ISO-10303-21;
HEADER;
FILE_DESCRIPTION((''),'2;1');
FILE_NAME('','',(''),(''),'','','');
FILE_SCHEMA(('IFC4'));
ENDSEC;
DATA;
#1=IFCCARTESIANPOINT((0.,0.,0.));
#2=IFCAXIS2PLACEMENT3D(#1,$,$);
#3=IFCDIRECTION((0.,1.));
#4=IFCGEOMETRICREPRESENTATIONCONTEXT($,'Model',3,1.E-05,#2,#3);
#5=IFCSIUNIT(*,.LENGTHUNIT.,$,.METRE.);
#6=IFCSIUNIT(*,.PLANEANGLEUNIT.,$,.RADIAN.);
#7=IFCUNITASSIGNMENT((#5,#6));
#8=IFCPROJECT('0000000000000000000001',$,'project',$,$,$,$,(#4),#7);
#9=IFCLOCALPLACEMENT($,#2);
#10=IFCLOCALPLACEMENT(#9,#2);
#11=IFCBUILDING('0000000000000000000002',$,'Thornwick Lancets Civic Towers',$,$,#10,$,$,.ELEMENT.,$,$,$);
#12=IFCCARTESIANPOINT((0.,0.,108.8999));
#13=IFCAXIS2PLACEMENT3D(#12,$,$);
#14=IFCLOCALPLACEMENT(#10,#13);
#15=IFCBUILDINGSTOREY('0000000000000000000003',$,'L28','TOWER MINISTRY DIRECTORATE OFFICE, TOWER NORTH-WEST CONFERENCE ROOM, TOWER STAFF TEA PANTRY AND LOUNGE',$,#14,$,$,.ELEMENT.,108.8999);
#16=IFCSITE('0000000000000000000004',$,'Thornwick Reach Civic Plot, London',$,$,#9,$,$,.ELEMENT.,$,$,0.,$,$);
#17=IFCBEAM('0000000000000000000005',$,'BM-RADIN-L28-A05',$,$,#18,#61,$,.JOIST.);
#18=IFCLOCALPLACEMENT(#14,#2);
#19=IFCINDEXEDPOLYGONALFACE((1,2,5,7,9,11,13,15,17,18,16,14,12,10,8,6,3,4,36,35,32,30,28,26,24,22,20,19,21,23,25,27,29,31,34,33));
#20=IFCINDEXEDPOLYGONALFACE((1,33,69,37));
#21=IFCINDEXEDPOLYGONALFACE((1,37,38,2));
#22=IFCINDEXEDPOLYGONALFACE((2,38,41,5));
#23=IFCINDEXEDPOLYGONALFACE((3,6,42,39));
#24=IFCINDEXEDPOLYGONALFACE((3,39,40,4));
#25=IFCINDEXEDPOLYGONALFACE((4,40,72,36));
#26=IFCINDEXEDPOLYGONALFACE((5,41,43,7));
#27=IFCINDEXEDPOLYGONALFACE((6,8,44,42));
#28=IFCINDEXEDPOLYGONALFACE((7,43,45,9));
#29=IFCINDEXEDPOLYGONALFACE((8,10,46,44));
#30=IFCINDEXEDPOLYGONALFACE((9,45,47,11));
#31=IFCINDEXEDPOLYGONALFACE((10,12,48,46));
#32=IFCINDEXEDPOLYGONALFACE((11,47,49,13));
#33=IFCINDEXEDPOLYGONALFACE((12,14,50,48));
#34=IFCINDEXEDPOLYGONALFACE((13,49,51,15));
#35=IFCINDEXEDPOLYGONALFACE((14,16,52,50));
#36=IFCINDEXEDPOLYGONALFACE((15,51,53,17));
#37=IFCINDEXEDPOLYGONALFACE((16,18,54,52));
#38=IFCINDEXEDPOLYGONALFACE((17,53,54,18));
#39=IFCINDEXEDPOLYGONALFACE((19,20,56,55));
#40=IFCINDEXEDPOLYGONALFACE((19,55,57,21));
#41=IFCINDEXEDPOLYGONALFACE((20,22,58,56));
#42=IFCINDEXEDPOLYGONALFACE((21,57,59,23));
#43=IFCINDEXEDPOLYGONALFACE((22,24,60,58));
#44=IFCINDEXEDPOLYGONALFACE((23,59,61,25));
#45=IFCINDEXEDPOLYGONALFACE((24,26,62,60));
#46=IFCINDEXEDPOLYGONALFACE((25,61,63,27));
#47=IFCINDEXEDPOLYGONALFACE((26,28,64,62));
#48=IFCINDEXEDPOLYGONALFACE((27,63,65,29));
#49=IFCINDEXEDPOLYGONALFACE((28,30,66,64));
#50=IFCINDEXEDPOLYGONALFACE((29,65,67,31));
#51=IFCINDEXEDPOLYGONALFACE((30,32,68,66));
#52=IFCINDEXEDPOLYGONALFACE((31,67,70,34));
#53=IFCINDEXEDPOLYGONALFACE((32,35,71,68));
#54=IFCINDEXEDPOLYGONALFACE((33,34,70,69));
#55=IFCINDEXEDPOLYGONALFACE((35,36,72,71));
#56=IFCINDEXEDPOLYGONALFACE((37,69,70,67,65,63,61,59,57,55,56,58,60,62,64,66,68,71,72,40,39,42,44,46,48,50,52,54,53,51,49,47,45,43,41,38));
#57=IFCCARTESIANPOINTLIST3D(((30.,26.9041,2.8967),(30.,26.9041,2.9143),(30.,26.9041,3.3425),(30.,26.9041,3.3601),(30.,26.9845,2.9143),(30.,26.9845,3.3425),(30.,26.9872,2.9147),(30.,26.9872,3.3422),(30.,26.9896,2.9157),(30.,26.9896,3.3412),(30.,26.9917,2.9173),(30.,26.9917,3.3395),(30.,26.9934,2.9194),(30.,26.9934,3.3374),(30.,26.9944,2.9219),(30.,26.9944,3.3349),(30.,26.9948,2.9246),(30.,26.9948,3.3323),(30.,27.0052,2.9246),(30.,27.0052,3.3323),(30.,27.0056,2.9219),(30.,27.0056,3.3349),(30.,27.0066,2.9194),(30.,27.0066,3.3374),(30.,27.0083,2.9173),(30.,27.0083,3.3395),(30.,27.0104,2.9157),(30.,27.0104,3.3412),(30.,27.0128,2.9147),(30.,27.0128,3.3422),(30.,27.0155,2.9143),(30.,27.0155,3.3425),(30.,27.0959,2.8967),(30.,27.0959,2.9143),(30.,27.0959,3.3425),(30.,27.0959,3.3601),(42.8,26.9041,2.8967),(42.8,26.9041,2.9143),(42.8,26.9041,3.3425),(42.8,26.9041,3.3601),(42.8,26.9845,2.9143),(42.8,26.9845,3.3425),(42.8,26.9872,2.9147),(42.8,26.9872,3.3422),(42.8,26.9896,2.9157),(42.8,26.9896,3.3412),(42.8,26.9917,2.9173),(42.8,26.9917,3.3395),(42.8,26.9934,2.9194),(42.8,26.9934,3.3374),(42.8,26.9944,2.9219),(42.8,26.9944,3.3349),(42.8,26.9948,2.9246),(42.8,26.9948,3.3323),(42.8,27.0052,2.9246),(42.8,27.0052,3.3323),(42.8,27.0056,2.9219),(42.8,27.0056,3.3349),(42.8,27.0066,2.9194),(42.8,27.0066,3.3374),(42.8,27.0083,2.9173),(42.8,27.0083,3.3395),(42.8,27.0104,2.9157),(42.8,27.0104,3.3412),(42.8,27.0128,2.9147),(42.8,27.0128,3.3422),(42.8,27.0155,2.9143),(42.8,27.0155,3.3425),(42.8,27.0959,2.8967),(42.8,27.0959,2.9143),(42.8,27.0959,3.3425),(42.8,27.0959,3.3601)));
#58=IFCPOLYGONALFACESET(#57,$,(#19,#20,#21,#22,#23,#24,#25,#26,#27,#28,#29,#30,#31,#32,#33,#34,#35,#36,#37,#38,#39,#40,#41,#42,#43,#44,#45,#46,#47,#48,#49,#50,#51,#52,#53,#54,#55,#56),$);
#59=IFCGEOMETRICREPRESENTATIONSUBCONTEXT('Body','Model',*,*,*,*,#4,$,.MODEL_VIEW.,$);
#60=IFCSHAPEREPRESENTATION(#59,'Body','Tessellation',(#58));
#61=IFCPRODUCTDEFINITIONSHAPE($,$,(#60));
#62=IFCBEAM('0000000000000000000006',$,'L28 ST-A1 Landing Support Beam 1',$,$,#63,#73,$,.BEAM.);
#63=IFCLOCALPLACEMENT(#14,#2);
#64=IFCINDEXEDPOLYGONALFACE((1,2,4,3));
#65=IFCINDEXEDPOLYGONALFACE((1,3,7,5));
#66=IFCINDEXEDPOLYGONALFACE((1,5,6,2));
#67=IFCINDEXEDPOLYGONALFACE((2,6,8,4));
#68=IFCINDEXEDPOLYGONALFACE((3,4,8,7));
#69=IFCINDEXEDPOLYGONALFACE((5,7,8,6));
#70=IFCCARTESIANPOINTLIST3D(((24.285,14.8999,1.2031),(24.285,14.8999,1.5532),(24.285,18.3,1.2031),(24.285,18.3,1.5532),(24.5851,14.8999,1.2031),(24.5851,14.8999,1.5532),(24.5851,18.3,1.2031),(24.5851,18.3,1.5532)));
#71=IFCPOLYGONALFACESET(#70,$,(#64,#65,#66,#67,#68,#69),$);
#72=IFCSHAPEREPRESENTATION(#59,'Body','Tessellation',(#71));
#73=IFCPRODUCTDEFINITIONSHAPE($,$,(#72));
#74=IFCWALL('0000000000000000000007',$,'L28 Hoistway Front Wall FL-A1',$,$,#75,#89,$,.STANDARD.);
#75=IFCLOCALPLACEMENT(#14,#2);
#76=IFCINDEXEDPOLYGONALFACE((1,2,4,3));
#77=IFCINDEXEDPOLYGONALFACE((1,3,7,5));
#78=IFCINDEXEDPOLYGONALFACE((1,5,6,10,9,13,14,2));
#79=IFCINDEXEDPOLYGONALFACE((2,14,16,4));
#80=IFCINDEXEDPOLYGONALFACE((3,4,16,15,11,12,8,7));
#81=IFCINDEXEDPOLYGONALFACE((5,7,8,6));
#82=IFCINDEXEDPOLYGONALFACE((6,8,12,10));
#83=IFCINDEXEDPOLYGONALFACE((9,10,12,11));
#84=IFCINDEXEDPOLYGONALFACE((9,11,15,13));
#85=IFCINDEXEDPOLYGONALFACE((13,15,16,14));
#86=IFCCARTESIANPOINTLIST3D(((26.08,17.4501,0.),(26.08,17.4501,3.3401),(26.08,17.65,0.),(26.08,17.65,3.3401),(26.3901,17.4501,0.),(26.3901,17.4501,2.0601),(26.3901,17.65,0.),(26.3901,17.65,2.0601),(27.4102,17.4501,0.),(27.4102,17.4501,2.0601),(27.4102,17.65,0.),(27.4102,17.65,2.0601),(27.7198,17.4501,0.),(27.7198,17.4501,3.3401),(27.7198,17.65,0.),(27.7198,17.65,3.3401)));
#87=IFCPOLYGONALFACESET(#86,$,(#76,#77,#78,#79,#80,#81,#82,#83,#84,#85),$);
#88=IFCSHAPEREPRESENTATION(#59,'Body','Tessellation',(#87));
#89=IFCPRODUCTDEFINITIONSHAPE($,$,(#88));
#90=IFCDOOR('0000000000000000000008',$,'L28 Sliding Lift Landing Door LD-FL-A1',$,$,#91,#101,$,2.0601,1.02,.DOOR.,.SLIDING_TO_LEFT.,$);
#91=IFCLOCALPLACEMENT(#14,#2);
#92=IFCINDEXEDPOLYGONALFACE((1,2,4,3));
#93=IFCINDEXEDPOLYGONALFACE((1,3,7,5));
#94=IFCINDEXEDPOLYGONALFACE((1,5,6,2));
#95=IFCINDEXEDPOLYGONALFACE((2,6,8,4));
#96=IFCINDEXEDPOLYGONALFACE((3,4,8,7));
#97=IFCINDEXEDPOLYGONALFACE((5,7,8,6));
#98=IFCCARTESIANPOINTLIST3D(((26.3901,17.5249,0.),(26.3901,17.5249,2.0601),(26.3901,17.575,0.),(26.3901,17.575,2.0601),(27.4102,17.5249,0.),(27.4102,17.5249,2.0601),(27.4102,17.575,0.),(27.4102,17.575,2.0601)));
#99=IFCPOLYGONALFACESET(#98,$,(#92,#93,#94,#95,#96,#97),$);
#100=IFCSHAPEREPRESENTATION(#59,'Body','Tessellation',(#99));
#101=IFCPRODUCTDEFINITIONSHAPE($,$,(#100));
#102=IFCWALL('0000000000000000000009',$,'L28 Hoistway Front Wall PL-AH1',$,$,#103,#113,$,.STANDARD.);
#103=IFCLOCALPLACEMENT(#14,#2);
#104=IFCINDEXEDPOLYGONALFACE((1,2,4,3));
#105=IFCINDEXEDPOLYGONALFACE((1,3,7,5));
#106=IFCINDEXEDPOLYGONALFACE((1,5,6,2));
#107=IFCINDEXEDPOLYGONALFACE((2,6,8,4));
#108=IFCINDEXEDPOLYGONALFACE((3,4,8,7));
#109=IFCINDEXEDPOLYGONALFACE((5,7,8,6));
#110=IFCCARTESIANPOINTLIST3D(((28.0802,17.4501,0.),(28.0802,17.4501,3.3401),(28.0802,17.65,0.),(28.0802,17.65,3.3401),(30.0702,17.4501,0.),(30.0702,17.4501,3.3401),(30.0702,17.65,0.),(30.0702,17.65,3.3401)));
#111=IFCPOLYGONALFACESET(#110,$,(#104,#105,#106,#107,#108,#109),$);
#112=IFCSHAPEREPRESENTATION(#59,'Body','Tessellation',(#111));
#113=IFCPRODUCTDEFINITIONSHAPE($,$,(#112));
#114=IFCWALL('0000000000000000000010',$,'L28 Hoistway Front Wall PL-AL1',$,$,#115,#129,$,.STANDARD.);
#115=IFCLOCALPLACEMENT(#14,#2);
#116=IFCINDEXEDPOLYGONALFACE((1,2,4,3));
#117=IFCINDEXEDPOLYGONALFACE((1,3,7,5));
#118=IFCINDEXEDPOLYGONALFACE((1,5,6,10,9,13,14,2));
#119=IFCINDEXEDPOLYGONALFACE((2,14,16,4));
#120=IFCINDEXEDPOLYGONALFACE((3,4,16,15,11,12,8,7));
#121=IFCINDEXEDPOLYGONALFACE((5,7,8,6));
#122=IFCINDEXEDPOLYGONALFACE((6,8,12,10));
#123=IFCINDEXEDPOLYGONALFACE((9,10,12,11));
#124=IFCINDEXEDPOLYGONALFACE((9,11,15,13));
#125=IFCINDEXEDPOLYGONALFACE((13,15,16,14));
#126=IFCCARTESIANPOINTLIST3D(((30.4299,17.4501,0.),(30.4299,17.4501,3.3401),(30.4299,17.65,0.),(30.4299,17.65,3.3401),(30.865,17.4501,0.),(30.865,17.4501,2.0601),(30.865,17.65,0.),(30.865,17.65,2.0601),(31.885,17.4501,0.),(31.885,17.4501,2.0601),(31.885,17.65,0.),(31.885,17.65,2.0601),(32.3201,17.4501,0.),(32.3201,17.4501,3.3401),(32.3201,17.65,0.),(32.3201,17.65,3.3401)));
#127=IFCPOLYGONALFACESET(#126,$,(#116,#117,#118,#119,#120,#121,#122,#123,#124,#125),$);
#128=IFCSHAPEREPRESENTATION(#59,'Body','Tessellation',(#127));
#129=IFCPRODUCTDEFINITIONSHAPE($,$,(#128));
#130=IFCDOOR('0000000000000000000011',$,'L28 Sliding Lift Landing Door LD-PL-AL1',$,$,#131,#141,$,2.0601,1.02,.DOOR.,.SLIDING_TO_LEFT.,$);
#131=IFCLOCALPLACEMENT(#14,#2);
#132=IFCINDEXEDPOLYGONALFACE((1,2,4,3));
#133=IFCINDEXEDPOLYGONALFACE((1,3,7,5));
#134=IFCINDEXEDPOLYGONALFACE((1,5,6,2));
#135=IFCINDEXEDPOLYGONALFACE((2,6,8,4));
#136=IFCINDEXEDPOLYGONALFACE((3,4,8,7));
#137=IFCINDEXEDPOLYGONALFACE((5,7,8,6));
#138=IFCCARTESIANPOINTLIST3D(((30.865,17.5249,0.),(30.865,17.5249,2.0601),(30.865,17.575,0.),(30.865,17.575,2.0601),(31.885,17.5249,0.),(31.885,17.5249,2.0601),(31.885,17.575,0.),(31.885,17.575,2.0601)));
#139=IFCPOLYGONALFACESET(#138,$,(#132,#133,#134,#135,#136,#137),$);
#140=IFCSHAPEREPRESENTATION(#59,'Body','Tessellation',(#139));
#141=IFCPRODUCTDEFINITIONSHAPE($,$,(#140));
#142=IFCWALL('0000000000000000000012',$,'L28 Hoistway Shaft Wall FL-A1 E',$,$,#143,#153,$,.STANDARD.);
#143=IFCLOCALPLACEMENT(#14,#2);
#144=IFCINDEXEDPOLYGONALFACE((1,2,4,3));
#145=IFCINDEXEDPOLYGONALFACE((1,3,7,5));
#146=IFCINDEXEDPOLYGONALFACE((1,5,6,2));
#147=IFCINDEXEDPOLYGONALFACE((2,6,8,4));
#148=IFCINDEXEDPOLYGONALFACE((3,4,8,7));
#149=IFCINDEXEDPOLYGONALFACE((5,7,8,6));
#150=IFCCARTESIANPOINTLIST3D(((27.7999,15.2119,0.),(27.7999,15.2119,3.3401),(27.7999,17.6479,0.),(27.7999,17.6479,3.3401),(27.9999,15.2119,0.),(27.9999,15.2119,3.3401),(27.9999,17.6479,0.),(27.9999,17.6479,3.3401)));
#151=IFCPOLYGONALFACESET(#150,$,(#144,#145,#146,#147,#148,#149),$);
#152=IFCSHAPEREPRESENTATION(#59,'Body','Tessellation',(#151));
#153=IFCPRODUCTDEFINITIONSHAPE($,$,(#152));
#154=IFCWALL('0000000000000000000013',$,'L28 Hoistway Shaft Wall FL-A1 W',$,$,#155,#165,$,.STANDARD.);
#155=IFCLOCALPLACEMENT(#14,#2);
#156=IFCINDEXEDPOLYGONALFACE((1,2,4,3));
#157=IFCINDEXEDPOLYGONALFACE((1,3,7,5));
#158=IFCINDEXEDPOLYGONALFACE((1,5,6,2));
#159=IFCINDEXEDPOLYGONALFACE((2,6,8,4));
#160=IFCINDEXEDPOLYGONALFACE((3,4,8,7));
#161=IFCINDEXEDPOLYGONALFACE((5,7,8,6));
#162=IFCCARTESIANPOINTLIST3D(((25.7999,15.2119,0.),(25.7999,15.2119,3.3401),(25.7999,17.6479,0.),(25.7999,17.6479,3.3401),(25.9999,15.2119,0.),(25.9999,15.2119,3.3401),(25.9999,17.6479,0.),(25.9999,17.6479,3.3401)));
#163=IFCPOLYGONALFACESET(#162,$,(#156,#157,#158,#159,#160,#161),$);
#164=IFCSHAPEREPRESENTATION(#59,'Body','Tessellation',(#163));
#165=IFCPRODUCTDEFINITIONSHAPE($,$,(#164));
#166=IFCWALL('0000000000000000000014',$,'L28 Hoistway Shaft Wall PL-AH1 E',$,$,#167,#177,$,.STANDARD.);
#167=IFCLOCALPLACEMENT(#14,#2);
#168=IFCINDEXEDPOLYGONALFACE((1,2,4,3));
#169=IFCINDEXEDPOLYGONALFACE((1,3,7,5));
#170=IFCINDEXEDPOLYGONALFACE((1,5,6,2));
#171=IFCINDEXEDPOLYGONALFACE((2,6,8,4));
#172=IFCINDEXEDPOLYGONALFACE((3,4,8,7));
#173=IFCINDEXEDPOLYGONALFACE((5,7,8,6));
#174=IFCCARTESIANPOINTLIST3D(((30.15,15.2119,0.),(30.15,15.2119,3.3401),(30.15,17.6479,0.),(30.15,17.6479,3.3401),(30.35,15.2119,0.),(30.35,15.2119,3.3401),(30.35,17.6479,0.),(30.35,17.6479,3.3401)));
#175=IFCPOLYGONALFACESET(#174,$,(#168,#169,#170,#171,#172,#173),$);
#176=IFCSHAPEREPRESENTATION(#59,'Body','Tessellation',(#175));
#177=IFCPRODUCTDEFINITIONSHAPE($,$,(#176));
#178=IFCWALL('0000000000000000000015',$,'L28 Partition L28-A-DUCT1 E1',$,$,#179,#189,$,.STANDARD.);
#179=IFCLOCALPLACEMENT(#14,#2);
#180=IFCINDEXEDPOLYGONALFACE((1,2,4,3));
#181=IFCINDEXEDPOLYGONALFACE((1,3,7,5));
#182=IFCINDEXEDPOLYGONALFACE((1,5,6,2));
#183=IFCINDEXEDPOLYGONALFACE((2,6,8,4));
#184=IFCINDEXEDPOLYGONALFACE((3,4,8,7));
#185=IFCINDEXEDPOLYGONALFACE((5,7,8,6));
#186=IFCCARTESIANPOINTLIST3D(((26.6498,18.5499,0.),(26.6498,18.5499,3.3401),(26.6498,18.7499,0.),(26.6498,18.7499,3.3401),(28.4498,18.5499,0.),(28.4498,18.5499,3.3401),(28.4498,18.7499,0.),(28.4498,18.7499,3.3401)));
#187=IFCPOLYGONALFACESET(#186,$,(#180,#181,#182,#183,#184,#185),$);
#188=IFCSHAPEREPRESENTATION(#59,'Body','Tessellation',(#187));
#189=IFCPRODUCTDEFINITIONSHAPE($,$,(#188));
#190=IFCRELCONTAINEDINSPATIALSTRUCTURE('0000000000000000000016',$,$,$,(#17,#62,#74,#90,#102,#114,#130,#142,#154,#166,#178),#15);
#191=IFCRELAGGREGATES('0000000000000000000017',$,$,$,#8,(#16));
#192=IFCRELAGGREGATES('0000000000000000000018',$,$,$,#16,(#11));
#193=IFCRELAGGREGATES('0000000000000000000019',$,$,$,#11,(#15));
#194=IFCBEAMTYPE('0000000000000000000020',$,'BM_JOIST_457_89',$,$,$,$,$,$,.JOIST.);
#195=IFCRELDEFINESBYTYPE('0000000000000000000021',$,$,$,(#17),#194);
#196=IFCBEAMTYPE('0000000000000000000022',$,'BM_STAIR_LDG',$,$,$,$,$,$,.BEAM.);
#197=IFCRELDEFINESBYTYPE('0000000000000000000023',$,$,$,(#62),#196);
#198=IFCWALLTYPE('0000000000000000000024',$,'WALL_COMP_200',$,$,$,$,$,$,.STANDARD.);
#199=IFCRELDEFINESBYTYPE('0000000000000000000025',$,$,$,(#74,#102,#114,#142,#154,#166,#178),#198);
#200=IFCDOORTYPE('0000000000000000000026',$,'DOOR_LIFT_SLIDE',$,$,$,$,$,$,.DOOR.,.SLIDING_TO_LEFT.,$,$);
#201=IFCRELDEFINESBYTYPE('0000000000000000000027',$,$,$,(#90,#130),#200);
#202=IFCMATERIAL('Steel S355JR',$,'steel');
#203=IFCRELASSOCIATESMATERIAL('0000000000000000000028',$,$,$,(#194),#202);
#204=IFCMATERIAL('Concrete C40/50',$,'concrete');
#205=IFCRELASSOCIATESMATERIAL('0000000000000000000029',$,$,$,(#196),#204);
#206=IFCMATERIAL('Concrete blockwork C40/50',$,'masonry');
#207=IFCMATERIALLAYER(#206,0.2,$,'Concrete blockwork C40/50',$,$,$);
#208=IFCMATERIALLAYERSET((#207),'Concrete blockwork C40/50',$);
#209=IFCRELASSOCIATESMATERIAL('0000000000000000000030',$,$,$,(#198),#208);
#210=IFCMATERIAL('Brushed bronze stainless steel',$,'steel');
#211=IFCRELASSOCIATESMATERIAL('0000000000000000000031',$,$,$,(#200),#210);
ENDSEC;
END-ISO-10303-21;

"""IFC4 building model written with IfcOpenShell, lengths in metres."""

from ifc_helpers import new_model, si_unit, direction, frame, frame_2d, origin, origin_2d, place, context, subcontext, project, spatial, rectangle, i_section, extrude, material, layer, layer_set, material_profile, profile_set, type_object, element, fill, save


model = new_model("IFC4")

# Units and contexts
model_context = context("Model", 3, precision=1e-05, world=origin(), true_north=direction((0.0, 1.0)))
body_context = subcontext(model_context, "Body", "Model", "MODEL_VIEW")
ifc_project = project(units=[si_unit("LENGTHUNIT", "METRE"), si_unit("PLANEANGLEUNIT", "RADIAN")], contexts=[model_context])

# Site, building, storey
site_placement = place(None, origin())
site = spatial("IfcSite", under=ifc_project, at=site_placement, Name="Thornwick Reach Civic Plot, London", CompositionType="ELEMENT", RefElevation=0.0)
building_placement = place(site_placement, origin())
building = spatial("IfcBuilding", under=site, at=building_placement, Name="Thornwick Lancets Civic Towers", CompositionType="ELEMENT")
storey_placement = place(building_placement, frame((0.0, 0.0, 108.8999)))
storey = spatial("IfcBuildingStorey", under=building, at=storey_placement, Name="L28", Description="TOWER MINISTRY DIRECTORATE OFFICE, TOWER NORTH-WEST CONFERENCE ROOM, TOWER STAFF TEA PANTRY AND LOUNGE", CompositionType="ELEMENT", Elevation=108.8999)

# Beams
ifc_material_1 = material(Name="Steel S355JR", Category="steel")
ifc_material_profile_1 = material_profile(ifc_material_1, i_section(OverallWidth=0.1919, OverallDepth=0.4634, WebThickness=0.0105, FlangeThickness=0.0176, FilletRadius=0.0103, at=origin_2d()), Name="UKB 457x191x89")
ifc_profile_set_1 = profile_set([ifc_material_profile_1], Name="Steel S355JR")
beam_type_1 = type_object("IfcBeamType", Name="BM_JOIST_457_89", PredefinedType="JOIST", material=ifc_profile_set_1)
beam_1_placement = place(storey_placement, frame((30.0, 27.0, 3.1284), z_axis=(1.0, 0.0, 0.0), x_axis=(0.0, 1.0, 0.0)))
element("IfcBeam", 1, at=beam_1_placement, inside=storey, type_object=beam_type_1, Name="BM-RADIN-L28-A05", PredefinedType="JOIST", context=body_context, shape_type="SweptSolid", body=[
    extrude(i_section(OverallWidth=0.1919, OverallDepth=0.4634, WebThickness=0.0105, FlangeThickness=0.0176, FilletRadius=0.0103, at=origin_2d()), origin(), (0.0, 0.0, 1.0), 12.8),
])
ifc_material_2 = material(Name="Concrete C40/50", Category="concrete")
ifc_material_profile_2 = material_profile(ifc_material_2, rectangle(XDim=0.3, YDim=0.3501, at=origin_2d()), Name="RC 300x350")
ifc_profile_set_2 = profile_set([ifc_material_profile_2], Name="Concrete C40/50")
beam_type_2 = type_object("IfcBeamType", Name="BM_STAIR_LDG", PredefinedType="BEAM", material=ifc_profile_set_2)
beam_2_placement = place(storey_placement, frame((24.4351, 14.8999, 1.3782), z_axis=(0.0, 1.0, 0.0), x_axis=(-1.0, 0.0, 0.0)))
element("IfcBeam", 2, at=beam_2_placement, inside=storey, type_object=beam_type_2, Name="L28 ST-A1 Landing Support Beam 1", PredefinedType="BEAM", context=body_context, shape_type="SweptSolid", body=[
    extrude(rectangle(XDim=0.3, YDim=0.3501, at=origin_2d()), origin(), (0.0, 0.0, 1.0), 3.4001),
])

# Wall, opening, door
ifc_material_3 = material(Name="Concrete blockwork C40/50", Category="masonry")
ifc_layer_1 = layer(ifc_material_3, 0.2, Name="Concrete blockwork C40/50")
ifc_layer_set_1 = layer_set([ifc_layer_1], Name="Concrete blockwork C40/50")
wall_type_1 = type_object("IfcWallType", Name="WALL_COMP_200", PredefinedType="STANDARD", material=ifc_layer_set_1)
wall_1_placement = place(storey_placement, frame((26.0801, 17.55, 0.0), z_axis=(0.0, 0.0, 1.0), x_axis=(1.0, 0.0, 0.0)))
wall_1 = element("IfcWall", 3, at=wall_1_placement, inside=storey, type_object=wall_type_1, Name="L28 Hoistway Front Wall FL-A1", PredefinedType="STANDARD", context=body_context, shape_type="SweptSolid", body=[
    extrude(rectangle(XDim=1.6399, YDim=0.2, at=frame_2d((0.8198, 0.0))), origin(), (0.0, 0.0, 1.0), 3.3401),
])
opening_1_placement = place(wall_1_placement, frame((0.3101, 0.0, 0.0)))
opening_1 = element("IfcOpeningElement", 4, at=opening_1_placement, cuts=wall_1, PredefinedType="OPENING", context=body_context, shape_type="SweptSolid", body=[
    extrude(rectangle(XDim=1.02, YDim=2.0601, at=frame_2d((0.51, 1.03))), frame((0.0, 0.1099, 0.0), z_axis=(0.0, -1.0, 0.0), x_axis=(1.0, 0.0, 0.0)), (0.0, 0.0, 1.0), 0.22),
])
ifc_material_4 = material(Name="Brushed bronze stainless steel", Category="steel")
door_type_1 = type_object("IfcDoorType", Name="DOOR_LIFT_SLIDE", OperationType="SLIDING_TO_LEFT", PredefinedType="DOOR", material=ifc_material_4)
door_1_placement = place(opening_1_placement, origin())
door_1 = element("IfcDoor", 5, at=door_1_placement, inside=storey, type_object=door_type_1, Name="L28 Sliding Lift Landing Door LD-FL-A1", OperationType="SLIDING_TO_LEFT", OverallHeight=2.0601, OverallWidth=1.02, PredefinedType="DOOR", context=body_context, shape_type="SweptSolid", body=[
    extrude(rectangle(XDim=1.02, YDim=2.0601, at=frame_2d((0.51, 1.03))), frame((0.0, 0.0249, 0.0), z_axis=(0.0, -1.0, 0.0), x_axis=(1.0, 0.0, 0.0)), (0.0, 0.0, 1.0), 0.05),
])
fill(opening_1, door_1)

# Wall
wall_2_placement = place(storey_placement, frame((28.0801, 17.55, 0.0), z_axis=(0.0, 0.0, 1.0), x_axis=(1.0, 0.0, 0.0)))
element("IfcWall", 6, at=wall_2_placement, inside=storey, type_object=wall_type_1, Name="L28 Hoistway Front Wall PL-AH1", PredefinedType="STANDARD", context=body_context, shape_type="SweptSolid", body=[
    extrude(rectangle(XDim=1.99, YDim=0.2, at=frame_2d((0.9951, 0.0))), origin(), (0.0, 0.0, 1.0), 3.3401),
])

# Wall, opening, door
wall_3_placement = place(storey_placement, frame((30.4299, 17.55, 0.0), z_axis=(0.0, 0.0, 1.0), x_axis=(1.0, 0.0, 0.0)))
wall_3 = element("IfcWall", 7, at=wall_3_placement, inside=storey, type_object=wall_type_1, Name="L28 Hoistway Front Wall PL-AL1", PredefinedType="STANDARD", context=body_context, shape_type="SweptSolid", body=[
    extrude(rectangle(XDim=1.8901, YDim=0.2, at=frame_2d((0.9451, 0.0))), origin(), (0.0, 0.0, 1.0), 3.3401),
])
opening_2_placement = place(wall_3_placement, frame((0.4351, 0.0, 0.0)))
opening_2 = element("IfcOpeningElement", 8, at=opening_2_placement, cuts=wall_3, PredefinedType="OPENING", context=body_context, shape_type="SweptSolid", body=[
    extrude(rectangle(XDim=1.02, YDim=2.0601, at=frame_2d((0.51, 1.03))), frame((0.0, 0.1099, 0.0), z_axis=(0.0, -1.0, 0.0), x_axis=(1.0, 0.0, 0.0)), (0.0, 0.0, 1.0), 0.22),
])
door_2_placement = place(opening_2_placement, origin())
door_2 = element("IfcDoor", 9, at=door_2_placement, inside=storey, type_object=door_type_1, Name="L28 Sliding Lift Landing Door LD-PL-AL1", OperationType="SLIDING_TO_LEFT", OverallHeight=2.0601, OverallWidth=1.02, PredefinedType="DOOR", context=body_context, shape_type="SweptSolid", body=[
    extrude(rectangle(XDim=1.02, YDim=2.0601, at=frame_2d((0.51, 1.03))), frame((0.0, 0.0249, 0.0), z_axis=(0.0, -1.0, 0.0), x_axis=(1.0, 0.0, 0.0)), (0.0, 0.0, 1.0), 0.05),
])
fill(opening_2, door_2)

# Walls
for number, where, z_axis, x_axis, name in (
    (10, (27.8999, 15.2119, 0.0), (0.0, 0.0, 1.0), (0.0, 1.0, 0.0), "L28 Hoistway Shaft Wall FL-A1 E"),
    (11, (25.8999, 15.2119, 0.0), (0.0, 0.0, 1.0), (0.0, 1.0, 0.0), "L28 Hoistway Shaft Wall FL-A1 W"),
    (12, (30.25, 15.2119, 0.0), (0.0, 0.0, 1.0), (0.0, 1.0, 0.0), "L28 Hoistway Shaft Wall PL-AH1 E"),
):
    element("IfcWall", number, at=place(storey_placement, frame(where, z_axis=z_axis, x_axis=x_axis)), inside=storey, type_object=wall_type_1, Name=name, PredefinedType="STANDARD", context=body_context, shape_type="SweptSolid", body=[
        extrude(rectangle(XDim=2.436, YDim=0.2, at=frame_2d((1.218, 0.0))), origin(), (0.0, 0.0, 1.0), 3.3401),
    ])
wall_4_placement = place(storey_placement, frame((26.6499, 18.6499, 0.0), z_axis=(0.0, 0.0, 1.0), x_axis=(1.0, 0.0, 0.0)))
element("IfcWall", 13, at=wall_4_placement, inside=storey, type_object=wall_type_1, Name="L28 Partition L28-A-DUCT1 E1", PredefinedType="STANDARD", context=body_context, shape_type="SweptSolid", body=[
    extrude(rectangle(XDim=1.8, YDim=0.2, at=frame_2d((0.8999, 0.0))), origin(), (0.0, 0.0, 1.0), 3.3401),
])

save(model, "model.ifc")
